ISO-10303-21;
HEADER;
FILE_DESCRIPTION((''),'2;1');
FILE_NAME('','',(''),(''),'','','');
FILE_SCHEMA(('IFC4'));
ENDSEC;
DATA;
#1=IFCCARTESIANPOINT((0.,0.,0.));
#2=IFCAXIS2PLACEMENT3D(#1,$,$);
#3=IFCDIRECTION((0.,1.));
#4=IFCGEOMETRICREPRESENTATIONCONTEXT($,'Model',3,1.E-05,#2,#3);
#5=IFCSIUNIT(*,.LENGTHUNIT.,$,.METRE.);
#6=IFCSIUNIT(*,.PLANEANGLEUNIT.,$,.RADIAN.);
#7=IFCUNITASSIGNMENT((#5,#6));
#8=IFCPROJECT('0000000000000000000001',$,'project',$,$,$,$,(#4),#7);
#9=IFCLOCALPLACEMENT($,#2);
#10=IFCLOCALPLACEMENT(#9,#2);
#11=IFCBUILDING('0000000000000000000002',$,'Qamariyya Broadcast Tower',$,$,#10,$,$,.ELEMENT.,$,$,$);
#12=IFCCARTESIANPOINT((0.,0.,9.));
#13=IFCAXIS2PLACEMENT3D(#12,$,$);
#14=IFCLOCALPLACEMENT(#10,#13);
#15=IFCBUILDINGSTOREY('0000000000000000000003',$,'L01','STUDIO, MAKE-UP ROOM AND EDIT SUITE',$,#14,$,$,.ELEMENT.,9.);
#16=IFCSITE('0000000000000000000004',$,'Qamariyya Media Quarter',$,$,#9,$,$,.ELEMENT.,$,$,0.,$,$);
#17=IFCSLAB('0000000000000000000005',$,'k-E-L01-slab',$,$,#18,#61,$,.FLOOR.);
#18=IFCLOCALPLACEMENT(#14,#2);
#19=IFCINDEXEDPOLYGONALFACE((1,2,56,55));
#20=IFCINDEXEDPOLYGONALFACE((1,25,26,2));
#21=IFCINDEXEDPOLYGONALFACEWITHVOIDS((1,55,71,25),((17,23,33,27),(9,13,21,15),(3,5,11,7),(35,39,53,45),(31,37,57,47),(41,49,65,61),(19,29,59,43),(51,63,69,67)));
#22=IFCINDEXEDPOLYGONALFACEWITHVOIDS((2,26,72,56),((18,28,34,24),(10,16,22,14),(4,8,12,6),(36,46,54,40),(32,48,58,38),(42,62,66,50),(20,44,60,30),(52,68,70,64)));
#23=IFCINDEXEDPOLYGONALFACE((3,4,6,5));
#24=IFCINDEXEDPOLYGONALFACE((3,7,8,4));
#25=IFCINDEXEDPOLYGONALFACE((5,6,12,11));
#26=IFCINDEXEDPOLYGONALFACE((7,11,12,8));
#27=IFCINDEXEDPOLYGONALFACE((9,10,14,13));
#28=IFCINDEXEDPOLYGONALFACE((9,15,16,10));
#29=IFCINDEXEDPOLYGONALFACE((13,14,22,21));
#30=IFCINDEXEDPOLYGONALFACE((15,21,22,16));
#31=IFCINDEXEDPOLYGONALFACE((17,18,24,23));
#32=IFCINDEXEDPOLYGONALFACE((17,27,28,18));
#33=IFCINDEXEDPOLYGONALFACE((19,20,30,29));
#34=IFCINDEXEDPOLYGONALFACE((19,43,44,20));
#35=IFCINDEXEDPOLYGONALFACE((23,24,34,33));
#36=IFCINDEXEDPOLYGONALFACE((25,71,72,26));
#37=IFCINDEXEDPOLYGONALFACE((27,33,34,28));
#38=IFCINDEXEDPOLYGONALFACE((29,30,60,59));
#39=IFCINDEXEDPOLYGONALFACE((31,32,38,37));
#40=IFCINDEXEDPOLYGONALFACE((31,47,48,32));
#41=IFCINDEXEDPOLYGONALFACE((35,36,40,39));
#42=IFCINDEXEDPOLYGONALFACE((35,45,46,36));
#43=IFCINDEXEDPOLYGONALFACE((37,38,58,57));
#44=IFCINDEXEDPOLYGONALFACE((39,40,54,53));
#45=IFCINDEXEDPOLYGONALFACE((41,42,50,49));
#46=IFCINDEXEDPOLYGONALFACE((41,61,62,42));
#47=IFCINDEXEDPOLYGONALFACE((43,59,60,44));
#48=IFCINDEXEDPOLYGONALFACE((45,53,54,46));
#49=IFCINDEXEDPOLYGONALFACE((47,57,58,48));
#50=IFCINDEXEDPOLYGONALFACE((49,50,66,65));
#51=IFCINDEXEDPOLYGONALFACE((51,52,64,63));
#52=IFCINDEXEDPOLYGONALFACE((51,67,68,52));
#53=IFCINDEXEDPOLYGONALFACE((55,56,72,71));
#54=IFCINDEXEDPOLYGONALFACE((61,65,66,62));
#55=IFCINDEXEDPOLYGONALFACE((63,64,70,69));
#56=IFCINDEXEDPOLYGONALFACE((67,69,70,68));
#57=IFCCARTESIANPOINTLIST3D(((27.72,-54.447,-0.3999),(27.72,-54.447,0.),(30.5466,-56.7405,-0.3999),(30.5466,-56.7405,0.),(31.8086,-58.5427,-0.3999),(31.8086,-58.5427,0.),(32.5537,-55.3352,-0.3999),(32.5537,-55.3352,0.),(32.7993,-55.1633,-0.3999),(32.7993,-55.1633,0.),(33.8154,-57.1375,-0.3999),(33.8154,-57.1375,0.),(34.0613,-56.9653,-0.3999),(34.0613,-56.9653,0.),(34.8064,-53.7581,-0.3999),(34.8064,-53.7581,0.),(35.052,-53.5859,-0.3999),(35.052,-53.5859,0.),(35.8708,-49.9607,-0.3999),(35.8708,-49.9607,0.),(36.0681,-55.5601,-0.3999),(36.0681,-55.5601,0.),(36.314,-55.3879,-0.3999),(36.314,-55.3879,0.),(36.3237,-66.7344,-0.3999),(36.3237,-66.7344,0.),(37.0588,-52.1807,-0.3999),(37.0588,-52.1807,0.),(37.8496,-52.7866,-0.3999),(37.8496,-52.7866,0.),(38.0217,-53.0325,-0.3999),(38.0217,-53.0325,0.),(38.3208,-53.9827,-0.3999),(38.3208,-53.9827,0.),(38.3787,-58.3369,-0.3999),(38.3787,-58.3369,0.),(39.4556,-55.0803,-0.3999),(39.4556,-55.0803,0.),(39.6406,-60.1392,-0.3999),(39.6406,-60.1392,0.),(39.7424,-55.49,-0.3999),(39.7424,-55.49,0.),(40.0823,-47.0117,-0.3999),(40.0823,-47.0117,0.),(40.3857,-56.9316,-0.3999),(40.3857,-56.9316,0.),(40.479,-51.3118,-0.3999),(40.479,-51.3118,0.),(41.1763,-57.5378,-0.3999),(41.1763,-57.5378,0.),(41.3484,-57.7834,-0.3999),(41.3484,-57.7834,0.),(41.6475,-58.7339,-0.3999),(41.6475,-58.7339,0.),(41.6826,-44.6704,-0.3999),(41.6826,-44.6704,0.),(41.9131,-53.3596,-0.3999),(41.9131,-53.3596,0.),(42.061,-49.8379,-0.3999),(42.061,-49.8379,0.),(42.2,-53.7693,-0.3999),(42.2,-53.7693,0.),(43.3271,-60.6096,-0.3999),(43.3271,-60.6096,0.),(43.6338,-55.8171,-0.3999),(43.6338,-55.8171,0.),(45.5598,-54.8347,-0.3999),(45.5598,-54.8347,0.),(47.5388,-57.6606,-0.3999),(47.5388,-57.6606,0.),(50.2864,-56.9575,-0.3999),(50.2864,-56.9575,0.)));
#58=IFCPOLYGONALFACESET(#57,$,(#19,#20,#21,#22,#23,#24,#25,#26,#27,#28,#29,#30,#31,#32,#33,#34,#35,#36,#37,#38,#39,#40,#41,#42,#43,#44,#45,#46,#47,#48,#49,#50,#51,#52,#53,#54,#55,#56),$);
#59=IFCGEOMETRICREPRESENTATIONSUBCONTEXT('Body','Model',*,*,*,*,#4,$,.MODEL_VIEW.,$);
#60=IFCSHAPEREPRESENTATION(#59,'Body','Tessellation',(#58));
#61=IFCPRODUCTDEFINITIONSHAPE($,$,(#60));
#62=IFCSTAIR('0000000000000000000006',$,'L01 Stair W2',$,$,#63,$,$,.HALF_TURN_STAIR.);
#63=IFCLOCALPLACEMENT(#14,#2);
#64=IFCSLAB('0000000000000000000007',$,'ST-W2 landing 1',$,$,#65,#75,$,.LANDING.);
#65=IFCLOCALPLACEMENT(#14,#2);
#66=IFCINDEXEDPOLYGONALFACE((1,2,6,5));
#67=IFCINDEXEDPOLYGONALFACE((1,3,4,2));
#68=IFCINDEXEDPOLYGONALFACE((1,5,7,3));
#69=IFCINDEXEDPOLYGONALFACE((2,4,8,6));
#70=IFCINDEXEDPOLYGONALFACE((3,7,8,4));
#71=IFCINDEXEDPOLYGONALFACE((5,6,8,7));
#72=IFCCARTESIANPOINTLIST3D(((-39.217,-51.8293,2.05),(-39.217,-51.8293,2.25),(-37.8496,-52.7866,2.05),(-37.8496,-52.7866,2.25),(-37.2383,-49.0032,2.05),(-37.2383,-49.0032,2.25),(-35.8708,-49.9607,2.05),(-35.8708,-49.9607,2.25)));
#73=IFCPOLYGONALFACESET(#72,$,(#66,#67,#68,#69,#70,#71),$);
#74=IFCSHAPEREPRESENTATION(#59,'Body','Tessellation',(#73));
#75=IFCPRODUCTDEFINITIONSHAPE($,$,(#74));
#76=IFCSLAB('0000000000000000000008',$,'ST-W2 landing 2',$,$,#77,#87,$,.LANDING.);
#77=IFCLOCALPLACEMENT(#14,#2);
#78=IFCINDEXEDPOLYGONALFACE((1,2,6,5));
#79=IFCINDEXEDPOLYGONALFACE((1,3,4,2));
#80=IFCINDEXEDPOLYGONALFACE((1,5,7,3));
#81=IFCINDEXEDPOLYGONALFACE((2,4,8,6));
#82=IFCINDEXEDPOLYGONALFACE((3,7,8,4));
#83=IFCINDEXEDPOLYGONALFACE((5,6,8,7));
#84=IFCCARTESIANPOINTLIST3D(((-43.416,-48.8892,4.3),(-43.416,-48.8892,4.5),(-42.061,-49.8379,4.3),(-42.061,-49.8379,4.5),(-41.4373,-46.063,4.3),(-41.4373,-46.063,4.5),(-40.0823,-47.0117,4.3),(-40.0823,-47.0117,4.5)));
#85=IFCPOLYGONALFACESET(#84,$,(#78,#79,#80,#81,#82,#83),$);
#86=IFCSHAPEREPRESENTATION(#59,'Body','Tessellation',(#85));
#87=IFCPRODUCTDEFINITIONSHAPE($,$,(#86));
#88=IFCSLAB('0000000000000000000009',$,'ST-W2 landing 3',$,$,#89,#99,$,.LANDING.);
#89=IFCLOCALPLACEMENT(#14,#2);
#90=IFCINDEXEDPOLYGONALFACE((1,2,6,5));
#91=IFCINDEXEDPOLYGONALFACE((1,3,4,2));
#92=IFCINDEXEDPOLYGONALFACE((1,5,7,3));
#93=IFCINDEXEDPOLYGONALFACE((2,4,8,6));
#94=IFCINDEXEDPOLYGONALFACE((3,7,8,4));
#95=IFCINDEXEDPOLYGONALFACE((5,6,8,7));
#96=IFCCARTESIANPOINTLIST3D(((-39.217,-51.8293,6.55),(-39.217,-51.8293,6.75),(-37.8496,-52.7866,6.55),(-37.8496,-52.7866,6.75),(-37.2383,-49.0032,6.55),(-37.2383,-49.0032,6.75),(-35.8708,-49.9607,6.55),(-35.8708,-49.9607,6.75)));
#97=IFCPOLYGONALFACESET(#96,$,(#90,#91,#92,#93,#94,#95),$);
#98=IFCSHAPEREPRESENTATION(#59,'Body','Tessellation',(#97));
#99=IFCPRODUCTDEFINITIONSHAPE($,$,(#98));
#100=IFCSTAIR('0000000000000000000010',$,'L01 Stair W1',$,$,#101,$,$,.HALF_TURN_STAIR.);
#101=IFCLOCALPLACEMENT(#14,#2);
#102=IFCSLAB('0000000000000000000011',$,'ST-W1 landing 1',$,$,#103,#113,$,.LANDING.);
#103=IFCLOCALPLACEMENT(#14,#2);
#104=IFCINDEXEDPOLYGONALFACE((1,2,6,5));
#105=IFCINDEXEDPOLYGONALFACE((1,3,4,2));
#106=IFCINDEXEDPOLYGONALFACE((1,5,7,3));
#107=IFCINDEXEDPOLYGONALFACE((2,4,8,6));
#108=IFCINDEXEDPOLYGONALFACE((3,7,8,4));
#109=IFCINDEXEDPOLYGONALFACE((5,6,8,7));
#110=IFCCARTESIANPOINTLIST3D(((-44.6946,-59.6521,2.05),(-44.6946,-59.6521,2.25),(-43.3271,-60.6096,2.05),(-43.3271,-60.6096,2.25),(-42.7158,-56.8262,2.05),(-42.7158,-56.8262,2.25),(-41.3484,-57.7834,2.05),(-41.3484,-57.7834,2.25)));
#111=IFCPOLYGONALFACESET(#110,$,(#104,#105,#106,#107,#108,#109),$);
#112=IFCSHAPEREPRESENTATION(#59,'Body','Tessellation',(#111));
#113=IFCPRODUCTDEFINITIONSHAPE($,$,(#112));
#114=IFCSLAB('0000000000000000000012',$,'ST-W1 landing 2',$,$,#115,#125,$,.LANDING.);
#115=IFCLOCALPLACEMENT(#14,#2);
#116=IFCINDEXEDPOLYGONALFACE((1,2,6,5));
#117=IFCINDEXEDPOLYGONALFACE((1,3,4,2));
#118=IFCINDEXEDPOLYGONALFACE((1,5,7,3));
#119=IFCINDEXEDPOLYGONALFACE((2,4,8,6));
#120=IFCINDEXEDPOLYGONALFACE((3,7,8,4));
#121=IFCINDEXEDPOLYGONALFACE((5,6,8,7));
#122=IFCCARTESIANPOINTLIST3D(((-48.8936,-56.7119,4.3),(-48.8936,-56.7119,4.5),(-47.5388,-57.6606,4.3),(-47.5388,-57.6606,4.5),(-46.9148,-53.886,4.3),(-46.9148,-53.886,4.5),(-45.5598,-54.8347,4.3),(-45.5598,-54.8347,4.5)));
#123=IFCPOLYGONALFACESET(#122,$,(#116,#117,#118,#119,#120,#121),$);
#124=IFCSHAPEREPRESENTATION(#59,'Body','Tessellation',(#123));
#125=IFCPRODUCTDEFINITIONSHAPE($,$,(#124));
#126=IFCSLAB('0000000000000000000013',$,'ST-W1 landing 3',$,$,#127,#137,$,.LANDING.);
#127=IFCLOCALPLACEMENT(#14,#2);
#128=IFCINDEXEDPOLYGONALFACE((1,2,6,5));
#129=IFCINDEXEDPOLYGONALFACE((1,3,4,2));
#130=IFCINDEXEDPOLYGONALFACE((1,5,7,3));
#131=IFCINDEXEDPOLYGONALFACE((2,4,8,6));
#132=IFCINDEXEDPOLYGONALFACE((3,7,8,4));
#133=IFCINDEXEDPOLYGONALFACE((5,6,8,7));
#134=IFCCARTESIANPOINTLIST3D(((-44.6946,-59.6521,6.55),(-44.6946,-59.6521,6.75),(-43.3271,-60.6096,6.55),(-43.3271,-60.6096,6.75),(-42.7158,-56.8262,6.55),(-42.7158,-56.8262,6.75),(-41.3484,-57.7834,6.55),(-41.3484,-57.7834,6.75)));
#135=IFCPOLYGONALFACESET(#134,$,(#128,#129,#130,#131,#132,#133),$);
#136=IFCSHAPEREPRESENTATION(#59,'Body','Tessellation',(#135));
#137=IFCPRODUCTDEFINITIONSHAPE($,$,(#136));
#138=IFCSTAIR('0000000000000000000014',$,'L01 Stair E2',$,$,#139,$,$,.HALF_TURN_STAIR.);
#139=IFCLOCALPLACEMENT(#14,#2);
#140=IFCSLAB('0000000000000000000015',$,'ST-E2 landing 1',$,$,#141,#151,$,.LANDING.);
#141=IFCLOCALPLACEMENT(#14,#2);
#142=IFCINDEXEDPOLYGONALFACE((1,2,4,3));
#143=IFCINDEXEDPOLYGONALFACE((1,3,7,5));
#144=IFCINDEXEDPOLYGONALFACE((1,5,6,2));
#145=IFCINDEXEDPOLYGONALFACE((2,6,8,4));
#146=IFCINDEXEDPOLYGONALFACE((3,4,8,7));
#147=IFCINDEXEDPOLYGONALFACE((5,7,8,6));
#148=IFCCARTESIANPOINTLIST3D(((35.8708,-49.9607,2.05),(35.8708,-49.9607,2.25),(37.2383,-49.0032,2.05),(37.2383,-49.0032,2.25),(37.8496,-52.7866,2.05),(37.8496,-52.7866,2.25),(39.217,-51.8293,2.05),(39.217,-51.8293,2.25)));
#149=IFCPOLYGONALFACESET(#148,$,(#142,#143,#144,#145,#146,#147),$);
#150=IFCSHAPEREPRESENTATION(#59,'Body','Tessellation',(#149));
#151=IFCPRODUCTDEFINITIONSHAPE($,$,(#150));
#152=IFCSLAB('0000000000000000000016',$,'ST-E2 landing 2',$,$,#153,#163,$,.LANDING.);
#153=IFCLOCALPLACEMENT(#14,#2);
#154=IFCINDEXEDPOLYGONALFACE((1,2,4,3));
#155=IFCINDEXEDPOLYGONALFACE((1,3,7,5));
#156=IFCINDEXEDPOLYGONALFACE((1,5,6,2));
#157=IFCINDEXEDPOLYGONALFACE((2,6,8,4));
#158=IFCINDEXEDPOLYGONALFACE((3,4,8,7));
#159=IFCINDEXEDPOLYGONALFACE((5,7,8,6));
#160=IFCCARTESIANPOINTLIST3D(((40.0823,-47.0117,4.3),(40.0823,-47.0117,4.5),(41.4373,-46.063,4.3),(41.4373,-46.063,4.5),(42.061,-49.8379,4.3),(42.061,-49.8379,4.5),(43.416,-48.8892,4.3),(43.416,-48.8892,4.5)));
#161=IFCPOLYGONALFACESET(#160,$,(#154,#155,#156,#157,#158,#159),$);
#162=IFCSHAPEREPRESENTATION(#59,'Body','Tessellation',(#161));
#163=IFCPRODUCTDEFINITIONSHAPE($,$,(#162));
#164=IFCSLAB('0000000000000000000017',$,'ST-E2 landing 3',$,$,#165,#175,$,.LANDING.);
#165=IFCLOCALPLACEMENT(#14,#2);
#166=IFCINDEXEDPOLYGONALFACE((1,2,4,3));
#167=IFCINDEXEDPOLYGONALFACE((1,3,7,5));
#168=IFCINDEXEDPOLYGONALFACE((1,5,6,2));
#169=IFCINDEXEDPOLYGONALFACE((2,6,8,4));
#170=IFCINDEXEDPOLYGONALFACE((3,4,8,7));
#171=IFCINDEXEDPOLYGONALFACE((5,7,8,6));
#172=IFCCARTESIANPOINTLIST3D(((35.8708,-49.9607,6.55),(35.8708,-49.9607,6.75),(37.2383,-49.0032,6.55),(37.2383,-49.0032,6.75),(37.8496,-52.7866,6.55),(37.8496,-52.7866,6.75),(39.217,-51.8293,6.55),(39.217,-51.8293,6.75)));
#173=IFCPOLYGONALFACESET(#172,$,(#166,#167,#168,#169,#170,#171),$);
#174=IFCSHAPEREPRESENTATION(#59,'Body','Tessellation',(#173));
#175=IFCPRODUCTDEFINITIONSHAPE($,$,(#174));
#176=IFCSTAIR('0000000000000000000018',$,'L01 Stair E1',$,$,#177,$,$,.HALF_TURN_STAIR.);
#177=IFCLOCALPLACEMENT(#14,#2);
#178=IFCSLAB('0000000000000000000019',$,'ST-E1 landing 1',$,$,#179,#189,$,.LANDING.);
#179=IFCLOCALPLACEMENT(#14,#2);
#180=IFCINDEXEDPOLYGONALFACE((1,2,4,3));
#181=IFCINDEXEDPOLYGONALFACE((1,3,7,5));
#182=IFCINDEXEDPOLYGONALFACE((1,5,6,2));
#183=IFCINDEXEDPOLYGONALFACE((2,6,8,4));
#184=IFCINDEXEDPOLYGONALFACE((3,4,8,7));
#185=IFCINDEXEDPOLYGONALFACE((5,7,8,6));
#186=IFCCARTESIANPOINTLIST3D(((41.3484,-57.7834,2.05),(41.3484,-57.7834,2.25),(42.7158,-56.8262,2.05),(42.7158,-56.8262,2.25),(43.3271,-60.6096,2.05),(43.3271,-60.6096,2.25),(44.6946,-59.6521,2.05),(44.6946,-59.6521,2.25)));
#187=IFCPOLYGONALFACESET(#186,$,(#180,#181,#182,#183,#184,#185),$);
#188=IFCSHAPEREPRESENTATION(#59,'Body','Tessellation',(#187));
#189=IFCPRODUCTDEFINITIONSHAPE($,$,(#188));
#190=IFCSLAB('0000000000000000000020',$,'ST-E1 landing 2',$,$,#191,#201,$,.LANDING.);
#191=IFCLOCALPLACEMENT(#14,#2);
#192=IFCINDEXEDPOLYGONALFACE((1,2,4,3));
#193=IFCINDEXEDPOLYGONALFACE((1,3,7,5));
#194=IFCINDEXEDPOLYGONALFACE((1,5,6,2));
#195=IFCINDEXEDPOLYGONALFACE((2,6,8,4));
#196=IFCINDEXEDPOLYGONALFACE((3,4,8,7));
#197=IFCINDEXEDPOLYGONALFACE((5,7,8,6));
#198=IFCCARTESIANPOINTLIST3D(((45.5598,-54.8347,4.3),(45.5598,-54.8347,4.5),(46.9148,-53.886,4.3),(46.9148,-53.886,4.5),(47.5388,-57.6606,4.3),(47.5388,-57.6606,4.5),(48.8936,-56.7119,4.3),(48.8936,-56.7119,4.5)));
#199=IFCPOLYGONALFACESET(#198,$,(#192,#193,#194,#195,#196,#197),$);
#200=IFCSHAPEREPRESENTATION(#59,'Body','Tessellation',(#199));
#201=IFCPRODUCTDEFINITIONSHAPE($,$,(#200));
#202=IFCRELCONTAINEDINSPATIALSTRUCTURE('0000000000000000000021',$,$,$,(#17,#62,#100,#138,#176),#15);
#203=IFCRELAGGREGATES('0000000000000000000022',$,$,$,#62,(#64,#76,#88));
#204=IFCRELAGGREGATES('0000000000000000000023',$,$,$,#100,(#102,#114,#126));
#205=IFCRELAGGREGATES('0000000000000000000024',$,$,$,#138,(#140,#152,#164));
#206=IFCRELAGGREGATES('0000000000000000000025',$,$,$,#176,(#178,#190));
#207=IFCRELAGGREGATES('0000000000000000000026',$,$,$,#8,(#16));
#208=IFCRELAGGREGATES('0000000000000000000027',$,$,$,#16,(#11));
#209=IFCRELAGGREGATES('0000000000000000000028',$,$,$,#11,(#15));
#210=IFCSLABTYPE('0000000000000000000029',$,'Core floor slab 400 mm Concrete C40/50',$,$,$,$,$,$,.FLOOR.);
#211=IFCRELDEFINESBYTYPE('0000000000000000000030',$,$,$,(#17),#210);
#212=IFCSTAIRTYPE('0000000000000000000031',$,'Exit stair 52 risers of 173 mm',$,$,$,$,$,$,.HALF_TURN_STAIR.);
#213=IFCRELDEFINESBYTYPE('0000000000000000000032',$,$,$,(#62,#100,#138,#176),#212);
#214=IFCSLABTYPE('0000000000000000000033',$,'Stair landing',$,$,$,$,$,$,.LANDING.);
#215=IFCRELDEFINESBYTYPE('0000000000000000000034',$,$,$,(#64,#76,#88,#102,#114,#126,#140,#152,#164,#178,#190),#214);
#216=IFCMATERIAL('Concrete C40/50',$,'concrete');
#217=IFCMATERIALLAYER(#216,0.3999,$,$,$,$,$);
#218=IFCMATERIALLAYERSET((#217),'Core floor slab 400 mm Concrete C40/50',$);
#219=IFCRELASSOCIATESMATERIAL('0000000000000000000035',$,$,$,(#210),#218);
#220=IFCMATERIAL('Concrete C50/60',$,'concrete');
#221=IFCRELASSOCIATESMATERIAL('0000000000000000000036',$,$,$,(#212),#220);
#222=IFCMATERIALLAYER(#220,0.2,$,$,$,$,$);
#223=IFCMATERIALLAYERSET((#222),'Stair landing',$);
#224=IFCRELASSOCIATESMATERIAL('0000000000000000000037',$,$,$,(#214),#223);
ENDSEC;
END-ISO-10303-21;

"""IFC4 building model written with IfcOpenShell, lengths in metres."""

from ifc_helpers import new_model, si_unit, direction, frame, origin, place, context, subcontext, project, spatial, polyline, outline, extrude, material, layer, layer_set, type_object, element, aggregate, save


model = new_model("IFC4")

# Units and contexts
model_context = context("Model", 3, precision=1e-05, world=origin(), true_north=direction((0.0, 1.0)))
body_context = subcontext(model_context, "Body", "Model", "MODEL_VIEW")
ifc_project = project(units=[si_unit("LENGTHUNIT", "METRE"), si_unit("PLANEANGLEUNIT", "RADIAN")], contexts=[model_context])

# Site, building, storey
site_placement = place(None, origin())
site = spatial("IfcSite", under=ifc_project, at=site_placement, Name="Qamariyya Media Quarter", CompositionType="ELEMENT", RefElevation=0.0)
building_placement = place(site_placement, origin())
building = spatial("IfcBuilding", under=site, at=building_placement, Name="Qamariyya Broadcast Tower", CompositionType="ELEMENT")
storey_placement = place(building_placement, frame((0.0, 0.0, 9.0)))
storey = spatial("IfcBuildingStorey", under=building, at=storey_placement, Name="L01", Description="STUDIO, MAKE-UP ROOM AND EDIT SUITE", CompositionType="ELEMENT", Elevation=9.0)

# Shared definitions
ifc_material_1 = material(Name="Concrete C50/60", Category="concrete")

# Slab
ifc_material_2 = material(Name="Concrete C40/50", Category="concrete")
ifc_layer_1 = layer(ifc_material_2, 0.3999)
ifc_layer_set_1 = layer_set([ifc_layer_1], Name="Core floor slab 400 mm Concrete C40/50")
slab_type_1 = type_object("IfcSlabType", Name="Core floor slab 400 mm Concrete C40/50", PredefinedType="FLOOR", material=ifc_layer_set_1)
slab_1_placement = place(storey_placement, frame((0.0, 0.0, -0.3999)))
element("IfcSlab", 1, at=slab_1_placement, inside=storey, type_object=slab_type_1, Name="k-E-L01-slab", PredefinedType="FLOOR", context=body_context, shape_type="SweptSolid", body=[
    extrude(outline(polyline([(36.3237, -66.7344), (50.2864, -56.9575), (41.6826, -44.6704), (27.72, -54.447), (36.3237, -66.7344)]), holes=[polyline([(31.8086, -58.5427), (33.8154, -57.1375), (32.5537, -55.3352), (30.5466, -56.7405), (31.8086, -58.5427)]), polyline([(34.0613, -56.9653), (36.0681, -55.5601), (34.8064, -53.7581), (32.7993, -55.1633), (34.0613, -56.9653)]), polyline([(36.314, -55.3879), (38.3208, -53.9827), (37.0588, -52.1807), (35.052, -53.5859), (36.314, -55.3879)]), polyline([(38.3787, -58.3369), (40.3857, -56.9316), (41.6475, -58.7339), (39.6406, -60.1392), (38.3787, -58.3369)]), polyline([(39.7424, -55.49), (42.2, -53.7693), (43.6338, -55.8171), (41.1763, -57.5378), (39.7424, -55.49)]), polyline([(39.4556, -55.0803), (41.9131, -53.3596), (40.479, -51.3118), (38.0217, -53.0325), (39.4556, -55.0803)]), polyline([(40.0823, -47.0117), (35.8708, -49.9607), (37.8496, -52.7866), (42.061, -49.8379), (40.0823, -47.0117)]), polyline([(45.5598, -54.8347), (41.3484, -57.7834), (43.3271, -60.6096), (47.5388, -57.6606), (45.5598, -54.8347)])]), origin(), (0.0, 0.0, 1.0), 0.3999),
])

# Stairs, slabs
stair_type = type_object("IfcStairType", Name="Exit stair 52 risers of 173 mm", PredefinedType="HALF_TURN_STAIR", material=ifc_material_1)
stair_1_placement = place(storey_placement, origin())
stair_1 = element("IfcStair", 2, at=stair_1_placement, inside=storey, type_object=stair_type, Name="L01 Stair W2", PredefinedType="HALF_TURN_STAIR")
ifc_layer_2 = layer(ifc_material_1, 0.2)
ifc_layer_set_2 = layer_set([ifc_layer_2], Name="Stair landing")
slab_type_2 = type_object("IfcSlabType", Name="Stair landing", PredefinedType="LANDING", material=ifc_layer_set_2)
slab_2_placement = place(storey_placement, frame((0.0, 0.0, 2.05)))
slab_2 = element("IfcSlab", 3, at=slab_2_placement, type_object=slab_type_2, Name="ST-W2 landing 1", PredefinedType="LANDING", context=body_context, shape_type="SweptSolid", body=[
    extrude(outline(polyline([(-39.217, -51.8293), (-37.8496, -52.7866), (-35.8708, -49.9607), (-37.2383, -49.0032), (-39.217, -51.8293)])), origin(), (0.0, 0.0, 1.0), 0.2),
])
slab_3_placement = place(storey_placement, frame((0.0, 0.0, 4.3)))
slab_3 = element("IfcSlab", 4, at=slab_3_placement, type_object=slab_type_2, Name="ST-W2 landing 2", PredefinedType="LANDING", context=body_context, shape_type="SweptSolid", body=[
    extrude(outline(polyline([(-43.416, -48.8892), (-42.061, -49.8379), (-40.0823, -47.0117), (-41.4373, -46.063), (-43.416, -48.8892)])), origin(), (0.0, 0.0, 1.0), 0.2),
])
slab_4_placement = place(storey_placement, frame((0.0, 0.0, 6.55)))
slab_4 = element("IfcSlab", 5, at=slab_4_placement, type_object=slab_type_2, Name="ST-W2 landing 3", PredefinedType="LANDING", context=body_context, shape_type="SweptSolid", body=[
    extrude(outline(polyline([(-39.217, -51.8293), (-37.8496, -52.7866), (-35.8708, -49.9607), (-37.2383, -49.0032), (-39.217, -51.8293)])), origin(), (0.0, 0.0, 1.0), 0.2),
])
aggregate(stair_1, [slab_2, slab_3, slab_4])
stair_2_placement = place(storey_placement, origin())
stair_2 = element("IfcStair", 6, at=stair_2_placement, inside=storey, type_object=stair_type, Name="L01 Stair W1", PredefinedType="HALF_TURN_STAIR")
slab_5_placement = place(storey_placement, frame((0.0, 0.0, 2.05)))
slab_5 = element("IfcSlab", 7, at=slab_5_placement, type_object=slab_type_2, Name="ST-W1 landing 1", PredefinedType="LANDING", context=body_context, shape_type="SweptSolid", body=[
    extrude(outline(polyline([(-44.6946, -59.6521), (-43.3271, -60.6096), (-41.3484, -57.7834), (-42.7158, -56.8262), (-44.6946, -59.6521)])), origin(), (0.0, 0.0, 1.0), 0.2),
])
slab_6_placement = place(storey_placement, frame((0.0, 0.0, 4.3)))
slab_6 = element("IfcSlab", 8, at=slab_6_placement, type_object=slab_type_2, Name="ST-W1 landing 2", PredefinedType="LANDING", context=body_context, shape_type="SweptSolid", body=[
    extrude(outline(polyline([(-48.8936, -56.7119), (-47.5388, -57.6606), (-45.5598, -54.8347), (-46.9148, -53.886), (-48.8936, -56.7119)])), origin(), (0.0, 0.0, 1.0), 0.2),
])
slab_7_placement = place(storey_placement, frame((0.0, 0.0, 6.55)))
slab_7 = element("IfcSlab", 9, at=slab_7_placement, type_object=slab_type_2, Name="ST-W1 landing 3", PredefinedType="LANDING", context=body_context, shape_type="SweptSolid", body=[
    extrude(outline(polyline([(-44.6946, -59.6521), (-43.3271, -60.6096), (-41.3484, -57.7834), (-42.7158, -56.8262), (-44.6946, -59.6521)])), origin(), (0.0, 0.0, 1.0), 0.2),
])
aggregate(stair_2, [slab_5, slab_6, slab_7])
stair_3_placement = place(storey_placement, origin())
stair_3 = element("IfcStair", 10, at=stair_3_placement, inside=storey, type_object=stair_type, Name="L01 Stair E2", PredefinedType="HALF_TURN_STAIR")
slab_8_placement = place(storey_placement, frame((0.0, 0.0, 2.05)))
slab_8 = element("IfcSlab", 11, at=slab_8_placement, type_object=slab_type_2, Name="ST-E2 landing 1", PredefinedType="LANDING", context=body_context, shape_type="SweptSolid", body=[
    extrude(outline(polyline([(37.2383, -49.0032), (35.8708, -49.9607), (37.8496, -52.7866), (39.217, -51.8293), (37.2383, -49.0032)])), origin(), (0.0, 0.0, 1.0), 0.2),
])
slab_9_placement = place(storey_placement, frame((0.0, 0.0, 4.3)))
slab_9 = element("IfcSlab", 12, at=slab_9_placement, type_object=slab_type_2, Name="ST-E2 landing 2", PredefinedType="LANDING", context=body_context, shape_type="SweptSolid", body=[
    extrude(outline(polyline([(41.4373, -46.063), (40.0823, -47.0117), (42.061, -49.8379), (43.416, -48.8892), (41.4373, -46.063)])), origin(), (0.0, 0.0, 1.0), 0.2),
])
slab_10_placement = place(storey_placement, frame((0.0, 0.0, 6.55)))
slab_10 = element("IfcSlab", 13, at=slab_10_placement, type_object=slab_type_2, Name="ST-E2 landing 3", PredefinedType="LANDING", context=body_context, shape_type="SweptSolid", body=[
    extrude(outline(polyline([(37.2383, -49.0032), (35.8708, -49.9607), (37.8496, -52.7866), (39.217, -51.8293), (37.2383, -49.0032)])), origin(), (0.0, 0.0, 1.0), 0.2),
])
aggregate(stair_3, [slab_8, slab_9, slab_10])
stair_4_placement = place(storey_placement, origin())
stair_4 = element("IfcStair", 14, at=stair_4_placement, inside=storey, type_object=stair_type, Name="L01 Stair E1", PredefinedType="HALF_TURN_STAIR")
slab_11_placement = place(storey_placement, frame((0.0, 0.0, 2.05)))
slab_11 = element("IfcSlab", 15, at=slab_11_placement, type_object=slab_type_2, Name="ST-E1 landing 1", PredefinedType="LANDING", context=body_context, shape_type="SweptSolid", body=[
    extrude(outline(polyline([(42.7158, -56.8262), (41.3484, -57.7834), (43.3271, -60.6096), (44.6946, -59.6521), (42.7158, -56.8262)])), origin(), (0.0, 0.0, 1.0), 0.2),
])
slab_12_placement = place(storey_placement, frame((0.0, 0.0, 4.3)))
slab_12 = element("IfcSlab", 16, at=slab_12_placement, type_object=slab_type_2, Name="ST-E1 landing 2", PredefinedType="LANDING", context=body_context, shape_type="SweptSolid", body=[
    extrude(outline(polyline([(46.9148, -53.886), (45.5598, -54.8347), (47.5388, -57.6606), (48.8936, -56.7119), (46.9148, -53.886)])), origin(), (0.0, 0.0, 1.0), 0.2),
])
aggregate(stair_4, [slab_11, slab_12])

save(model, "model.ifc")
